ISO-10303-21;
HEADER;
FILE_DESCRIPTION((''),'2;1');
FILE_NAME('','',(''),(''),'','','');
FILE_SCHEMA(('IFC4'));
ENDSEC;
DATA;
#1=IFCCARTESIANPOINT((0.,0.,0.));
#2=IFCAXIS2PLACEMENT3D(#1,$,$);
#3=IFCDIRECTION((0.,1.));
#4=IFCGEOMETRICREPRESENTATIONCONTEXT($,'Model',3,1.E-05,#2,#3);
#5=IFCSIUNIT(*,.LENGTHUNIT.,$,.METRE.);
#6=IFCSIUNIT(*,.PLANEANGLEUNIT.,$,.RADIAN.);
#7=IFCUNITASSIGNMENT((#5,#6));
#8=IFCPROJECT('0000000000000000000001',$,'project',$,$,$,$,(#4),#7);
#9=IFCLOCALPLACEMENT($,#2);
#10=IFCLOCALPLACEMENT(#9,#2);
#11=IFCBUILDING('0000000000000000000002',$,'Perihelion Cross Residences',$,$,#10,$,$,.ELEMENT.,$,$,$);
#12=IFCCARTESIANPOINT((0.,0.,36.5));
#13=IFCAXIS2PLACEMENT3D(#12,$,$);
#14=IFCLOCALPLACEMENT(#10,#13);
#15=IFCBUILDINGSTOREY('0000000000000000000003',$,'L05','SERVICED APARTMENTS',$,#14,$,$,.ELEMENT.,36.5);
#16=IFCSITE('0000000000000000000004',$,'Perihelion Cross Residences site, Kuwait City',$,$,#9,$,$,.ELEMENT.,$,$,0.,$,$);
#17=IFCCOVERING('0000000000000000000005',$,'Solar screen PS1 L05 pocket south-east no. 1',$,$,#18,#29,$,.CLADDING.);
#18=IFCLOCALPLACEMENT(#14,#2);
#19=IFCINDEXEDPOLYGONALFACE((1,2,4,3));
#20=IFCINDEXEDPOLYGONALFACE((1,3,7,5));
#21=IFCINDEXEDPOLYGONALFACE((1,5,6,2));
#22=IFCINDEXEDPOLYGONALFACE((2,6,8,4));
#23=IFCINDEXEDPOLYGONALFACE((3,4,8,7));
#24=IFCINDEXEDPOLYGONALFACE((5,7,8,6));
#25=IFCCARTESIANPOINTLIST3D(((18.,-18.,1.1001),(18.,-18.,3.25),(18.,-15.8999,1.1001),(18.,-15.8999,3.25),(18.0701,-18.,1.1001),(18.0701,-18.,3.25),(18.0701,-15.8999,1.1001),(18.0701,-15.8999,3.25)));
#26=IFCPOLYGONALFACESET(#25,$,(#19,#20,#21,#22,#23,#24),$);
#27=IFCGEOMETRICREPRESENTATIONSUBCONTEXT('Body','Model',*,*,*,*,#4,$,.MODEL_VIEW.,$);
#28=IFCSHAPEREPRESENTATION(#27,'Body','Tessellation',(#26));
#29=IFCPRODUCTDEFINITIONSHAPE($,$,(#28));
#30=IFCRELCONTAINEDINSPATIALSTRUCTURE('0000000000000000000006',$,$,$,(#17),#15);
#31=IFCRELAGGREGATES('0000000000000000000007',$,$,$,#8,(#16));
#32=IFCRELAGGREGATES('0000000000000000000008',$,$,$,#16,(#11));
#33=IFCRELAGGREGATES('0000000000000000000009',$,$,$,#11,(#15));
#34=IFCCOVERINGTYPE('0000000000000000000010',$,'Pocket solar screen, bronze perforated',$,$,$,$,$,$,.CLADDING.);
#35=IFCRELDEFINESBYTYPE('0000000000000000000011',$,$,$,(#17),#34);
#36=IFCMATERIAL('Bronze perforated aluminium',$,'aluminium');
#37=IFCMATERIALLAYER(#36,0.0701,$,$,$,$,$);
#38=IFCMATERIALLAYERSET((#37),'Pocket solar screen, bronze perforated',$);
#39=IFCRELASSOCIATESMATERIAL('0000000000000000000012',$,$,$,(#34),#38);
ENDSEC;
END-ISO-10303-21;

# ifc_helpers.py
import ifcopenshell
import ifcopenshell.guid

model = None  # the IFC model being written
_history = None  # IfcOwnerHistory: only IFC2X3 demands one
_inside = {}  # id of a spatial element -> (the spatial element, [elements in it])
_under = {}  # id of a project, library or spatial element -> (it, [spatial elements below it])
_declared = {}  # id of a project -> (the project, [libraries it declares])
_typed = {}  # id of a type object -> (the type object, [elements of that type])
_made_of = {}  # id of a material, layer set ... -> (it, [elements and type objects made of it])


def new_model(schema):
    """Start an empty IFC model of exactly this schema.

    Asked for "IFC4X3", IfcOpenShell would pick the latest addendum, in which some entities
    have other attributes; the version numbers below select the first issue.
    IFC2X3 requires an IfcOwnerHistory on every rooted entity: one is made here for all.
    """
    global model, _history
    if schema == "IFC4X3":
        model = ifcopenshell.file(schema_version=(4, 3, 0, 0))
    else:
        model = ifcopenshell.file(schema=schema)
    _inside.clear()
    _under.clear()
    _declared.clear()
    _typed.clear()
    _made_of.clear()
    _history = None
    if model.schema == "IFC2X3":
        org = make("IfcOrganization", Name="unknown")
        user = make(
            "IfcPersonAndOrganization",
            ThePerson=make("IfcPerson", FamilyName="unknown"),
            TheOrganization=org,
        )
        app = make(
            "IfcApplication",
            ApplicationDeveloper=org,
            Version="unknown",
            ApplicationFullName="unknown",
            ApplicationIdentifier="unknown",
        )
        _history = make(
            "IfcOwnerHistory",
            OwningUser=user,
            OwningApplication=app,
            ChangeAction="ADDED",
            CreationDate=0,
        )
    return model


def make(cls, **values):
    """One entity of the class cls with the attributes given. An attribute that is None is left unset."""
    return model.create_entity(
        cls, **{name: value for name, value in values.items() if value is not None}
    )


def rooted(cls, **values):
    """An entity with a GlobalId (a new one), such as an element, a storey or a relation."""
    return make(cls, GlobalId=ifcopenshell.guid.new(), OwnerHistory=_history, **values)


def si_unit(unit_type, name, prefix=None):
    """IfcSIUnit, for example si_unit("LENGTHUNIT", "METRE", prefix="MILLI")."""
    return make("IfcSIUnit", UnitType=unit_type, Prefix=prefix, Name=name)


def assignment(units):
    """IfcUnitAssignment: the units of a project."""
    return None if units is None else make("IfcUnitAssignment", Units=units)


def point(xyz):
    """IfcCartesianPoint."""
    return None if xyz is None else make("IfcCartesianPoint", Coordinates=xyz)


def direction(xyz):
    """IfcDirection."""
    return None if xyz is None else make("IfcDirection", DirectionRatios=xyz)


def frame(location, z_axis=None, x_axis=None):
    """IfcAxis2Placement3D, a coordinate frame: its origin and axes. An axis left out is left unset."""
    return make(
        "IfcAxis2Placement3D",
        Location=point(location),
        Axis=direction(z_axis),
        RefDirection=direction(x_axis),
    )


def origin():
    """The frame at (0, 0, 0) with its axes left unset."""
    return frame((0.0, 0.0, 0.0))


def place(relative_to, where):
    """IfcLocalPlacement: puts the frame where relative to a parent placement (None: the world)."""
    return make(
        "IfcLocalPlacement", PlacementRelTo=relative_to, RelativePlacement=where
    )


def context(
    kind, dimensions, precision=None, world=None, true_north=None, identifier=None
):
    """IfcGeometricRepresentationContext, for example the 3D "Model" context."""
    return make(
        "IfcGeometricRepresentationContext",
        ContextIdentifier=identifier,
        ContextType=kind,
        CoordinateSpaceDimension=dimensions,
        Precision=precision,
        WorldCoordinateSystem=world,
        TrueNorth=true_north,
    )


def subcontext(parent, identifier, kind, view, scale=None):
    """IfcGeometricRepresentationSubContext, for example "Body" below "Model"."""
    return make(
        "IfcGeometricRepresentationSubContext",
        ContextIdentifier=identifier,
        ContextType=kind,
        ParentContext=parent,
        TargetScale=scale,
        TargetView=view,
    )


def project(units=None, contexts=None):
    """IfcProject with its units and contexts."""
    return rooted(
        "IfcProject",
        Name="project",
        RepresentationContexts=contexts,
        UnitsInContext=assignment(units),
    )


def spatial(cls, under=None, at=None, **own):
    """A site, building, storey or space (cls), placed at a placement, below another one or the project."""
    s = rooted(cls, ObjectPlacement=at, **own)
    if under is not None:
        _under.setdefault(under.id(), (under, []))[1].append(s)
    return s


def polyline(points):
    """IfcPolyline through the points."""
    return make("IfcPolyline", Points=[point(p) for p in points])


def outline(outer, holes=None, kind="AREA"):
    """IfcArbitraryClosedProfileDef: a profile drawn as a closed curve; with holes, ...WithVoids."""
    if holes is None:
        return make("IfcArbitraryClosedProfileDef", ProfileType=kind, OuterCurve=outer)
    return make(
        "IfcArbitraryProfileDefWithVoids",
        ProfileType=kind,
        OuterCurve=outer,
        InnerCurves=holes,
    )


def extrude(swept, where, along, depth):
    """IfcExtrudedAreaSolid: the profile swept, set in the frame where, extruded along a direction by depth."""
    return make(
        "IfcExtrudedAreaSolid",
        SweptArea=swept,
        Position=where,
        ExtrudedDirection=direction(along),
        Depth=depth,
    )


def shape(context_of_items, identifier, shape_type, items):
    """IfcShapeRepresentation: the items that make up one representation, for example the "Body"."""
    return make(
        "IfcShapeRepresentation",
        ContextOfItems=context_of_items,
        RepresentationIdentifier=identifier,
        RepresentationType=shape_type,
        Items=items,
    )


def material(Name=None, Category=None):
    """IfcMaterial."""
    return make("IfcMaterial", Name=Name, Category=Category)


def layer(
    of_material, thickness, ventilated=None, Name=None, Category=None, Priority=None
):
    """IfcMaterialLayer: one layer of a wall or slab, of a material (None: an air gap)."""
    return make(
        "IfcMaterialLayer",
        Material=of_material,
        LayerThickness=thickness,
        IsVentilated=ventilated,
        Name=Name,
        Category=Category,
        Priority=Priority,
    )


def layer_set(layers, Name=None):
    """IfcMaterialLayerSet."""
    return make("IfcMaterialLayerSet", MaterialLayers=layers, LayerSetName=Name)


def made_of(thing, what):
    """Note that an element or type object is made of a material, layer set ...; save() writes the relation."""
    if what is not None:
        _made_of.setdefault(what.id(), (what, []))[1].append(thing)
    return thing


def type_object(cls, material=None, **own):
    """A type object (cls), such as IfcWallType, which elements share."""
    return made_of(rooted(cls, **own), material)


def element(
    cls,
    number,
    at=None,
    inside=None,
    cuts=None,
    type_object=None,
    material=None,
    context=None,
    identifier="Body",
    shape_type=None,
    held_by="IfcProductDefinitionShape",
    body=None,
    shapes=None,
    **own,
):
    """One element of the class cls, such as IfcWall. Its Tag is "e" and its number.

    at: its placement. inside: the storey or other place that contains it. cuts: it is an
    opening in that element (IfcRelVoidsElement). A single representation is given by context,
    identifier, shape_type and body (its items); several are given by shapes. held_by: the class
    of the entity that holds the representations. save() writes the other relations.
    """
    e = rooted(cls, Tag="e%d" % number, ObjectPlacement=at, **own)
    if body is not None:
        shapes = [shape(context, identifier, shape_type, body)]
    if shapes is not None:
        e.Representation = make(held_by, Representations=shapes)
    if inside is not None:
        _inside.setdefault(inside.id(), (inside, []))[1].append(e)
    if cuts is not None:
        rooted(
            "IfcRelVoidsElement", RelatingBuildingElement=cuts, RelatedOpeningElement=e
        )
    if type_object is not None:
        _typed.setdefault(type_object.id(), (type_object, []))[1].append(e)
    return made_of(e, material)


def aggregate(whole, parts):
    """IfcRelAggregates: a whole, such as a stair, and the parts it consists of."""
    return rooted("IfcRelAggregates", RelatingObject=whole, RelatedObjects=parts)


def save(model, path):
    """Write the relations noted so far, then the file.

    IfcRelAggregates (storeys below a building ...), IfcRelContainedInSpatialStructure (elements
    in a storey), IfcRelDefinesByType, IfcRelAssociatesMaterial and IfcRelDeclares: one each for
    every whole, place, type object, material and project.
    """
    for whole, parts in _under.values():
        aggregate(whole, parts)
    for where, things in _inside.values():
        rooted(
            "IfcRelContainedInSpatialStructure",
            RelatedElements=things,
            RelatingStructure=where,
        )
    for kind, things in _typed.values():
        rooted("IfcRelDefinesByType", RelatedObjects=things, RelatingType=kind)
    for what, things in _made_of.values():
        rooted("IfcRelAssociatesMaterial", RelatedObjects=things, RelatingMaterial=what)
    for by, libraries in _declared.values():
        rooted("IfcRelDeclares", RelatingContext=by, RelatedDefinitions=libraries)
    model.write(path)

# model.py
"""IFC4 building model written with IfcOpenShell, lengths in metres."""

from ifc_helpers import new_model, si_unit, direction, frame, origin, place, context, subcontext, project, spatial, polyline, outline, extrude, material, layer, layer_set, type_object, element, save


model = new_model("IFC4")

# Units and contexts
model_context = context("Model", 3, precision=1e-05, world=origin(), true_north=direction((0.0, 1.0)))
body_context = subcontext(model_context, "Body", "Model", "MODEL_VIEW")
ifc_project = project(units=[si_unit("LENGTHUNIT", "METRE"), si_unit("PLANEANGLEUNIT", "RADIAN")], contexts=[model_context])

# Site, building, storey
site_placement = place(None, origin())
site = spatial("IfcSite", under=ifc_project, at=site_placement, Name="Perihelion Cross Residences site, Kuwait City", CompositionType="ELEMENT", RefElevation=0.0)
building_placement = place(site_placement, origin())
building = spatial("IfcBuilding", under=site, at=building_placement, Name="Perihelion Cross Residences", CompositionType="ELEMENT")
storey_placement = place(building_placement, frame((0.0, 0.0, 36.5)))
storey = spatial("IfcBuildingStorey", under=building, at=storey_placement, Name="L05", Description="SERVICED APARTMENTS", CompositionType="ELEMENT", Elevation=36.5)

# Covering
ifc_material_1 = material(Name="Bronze perforated aluminium", Category="aluminium")
ifc_layer_1 = layer(ifc_material_1, 0.0701)
ifc_layer_set_1 = layer_set([ifc_layer_1], Name="Pocket solar screen, bronze perforated")
covering_type_1 = type_object("IfcCoveringType", Name="Pocket solar screen, bronze perforated", PredefinedType="CLADDING", material=ifc_layer_set_1)
covering_1_placement = place(storey_placement, frame((0.0, 0.0, 1.1001)))
element("IfcCovering", 1, at=covering_1_placement, inside=storey, type_object=covering_type_1, Name="Solar screen PS1 L05 pocket south-east no. 1", PredefinedType="CLADDING", context=body_context, shape_type="SweptSolid", body=[
    extrude(outline(polyline([(18.0701, -18.0), (18.0701, -15.8999), (18.0, -15.8999), (18.0, -18.0), (18.0701, -18.0)])), origin(), (0.0, 0.0, 1.0), 2.1499),
])

save(model, "model.ifc")
